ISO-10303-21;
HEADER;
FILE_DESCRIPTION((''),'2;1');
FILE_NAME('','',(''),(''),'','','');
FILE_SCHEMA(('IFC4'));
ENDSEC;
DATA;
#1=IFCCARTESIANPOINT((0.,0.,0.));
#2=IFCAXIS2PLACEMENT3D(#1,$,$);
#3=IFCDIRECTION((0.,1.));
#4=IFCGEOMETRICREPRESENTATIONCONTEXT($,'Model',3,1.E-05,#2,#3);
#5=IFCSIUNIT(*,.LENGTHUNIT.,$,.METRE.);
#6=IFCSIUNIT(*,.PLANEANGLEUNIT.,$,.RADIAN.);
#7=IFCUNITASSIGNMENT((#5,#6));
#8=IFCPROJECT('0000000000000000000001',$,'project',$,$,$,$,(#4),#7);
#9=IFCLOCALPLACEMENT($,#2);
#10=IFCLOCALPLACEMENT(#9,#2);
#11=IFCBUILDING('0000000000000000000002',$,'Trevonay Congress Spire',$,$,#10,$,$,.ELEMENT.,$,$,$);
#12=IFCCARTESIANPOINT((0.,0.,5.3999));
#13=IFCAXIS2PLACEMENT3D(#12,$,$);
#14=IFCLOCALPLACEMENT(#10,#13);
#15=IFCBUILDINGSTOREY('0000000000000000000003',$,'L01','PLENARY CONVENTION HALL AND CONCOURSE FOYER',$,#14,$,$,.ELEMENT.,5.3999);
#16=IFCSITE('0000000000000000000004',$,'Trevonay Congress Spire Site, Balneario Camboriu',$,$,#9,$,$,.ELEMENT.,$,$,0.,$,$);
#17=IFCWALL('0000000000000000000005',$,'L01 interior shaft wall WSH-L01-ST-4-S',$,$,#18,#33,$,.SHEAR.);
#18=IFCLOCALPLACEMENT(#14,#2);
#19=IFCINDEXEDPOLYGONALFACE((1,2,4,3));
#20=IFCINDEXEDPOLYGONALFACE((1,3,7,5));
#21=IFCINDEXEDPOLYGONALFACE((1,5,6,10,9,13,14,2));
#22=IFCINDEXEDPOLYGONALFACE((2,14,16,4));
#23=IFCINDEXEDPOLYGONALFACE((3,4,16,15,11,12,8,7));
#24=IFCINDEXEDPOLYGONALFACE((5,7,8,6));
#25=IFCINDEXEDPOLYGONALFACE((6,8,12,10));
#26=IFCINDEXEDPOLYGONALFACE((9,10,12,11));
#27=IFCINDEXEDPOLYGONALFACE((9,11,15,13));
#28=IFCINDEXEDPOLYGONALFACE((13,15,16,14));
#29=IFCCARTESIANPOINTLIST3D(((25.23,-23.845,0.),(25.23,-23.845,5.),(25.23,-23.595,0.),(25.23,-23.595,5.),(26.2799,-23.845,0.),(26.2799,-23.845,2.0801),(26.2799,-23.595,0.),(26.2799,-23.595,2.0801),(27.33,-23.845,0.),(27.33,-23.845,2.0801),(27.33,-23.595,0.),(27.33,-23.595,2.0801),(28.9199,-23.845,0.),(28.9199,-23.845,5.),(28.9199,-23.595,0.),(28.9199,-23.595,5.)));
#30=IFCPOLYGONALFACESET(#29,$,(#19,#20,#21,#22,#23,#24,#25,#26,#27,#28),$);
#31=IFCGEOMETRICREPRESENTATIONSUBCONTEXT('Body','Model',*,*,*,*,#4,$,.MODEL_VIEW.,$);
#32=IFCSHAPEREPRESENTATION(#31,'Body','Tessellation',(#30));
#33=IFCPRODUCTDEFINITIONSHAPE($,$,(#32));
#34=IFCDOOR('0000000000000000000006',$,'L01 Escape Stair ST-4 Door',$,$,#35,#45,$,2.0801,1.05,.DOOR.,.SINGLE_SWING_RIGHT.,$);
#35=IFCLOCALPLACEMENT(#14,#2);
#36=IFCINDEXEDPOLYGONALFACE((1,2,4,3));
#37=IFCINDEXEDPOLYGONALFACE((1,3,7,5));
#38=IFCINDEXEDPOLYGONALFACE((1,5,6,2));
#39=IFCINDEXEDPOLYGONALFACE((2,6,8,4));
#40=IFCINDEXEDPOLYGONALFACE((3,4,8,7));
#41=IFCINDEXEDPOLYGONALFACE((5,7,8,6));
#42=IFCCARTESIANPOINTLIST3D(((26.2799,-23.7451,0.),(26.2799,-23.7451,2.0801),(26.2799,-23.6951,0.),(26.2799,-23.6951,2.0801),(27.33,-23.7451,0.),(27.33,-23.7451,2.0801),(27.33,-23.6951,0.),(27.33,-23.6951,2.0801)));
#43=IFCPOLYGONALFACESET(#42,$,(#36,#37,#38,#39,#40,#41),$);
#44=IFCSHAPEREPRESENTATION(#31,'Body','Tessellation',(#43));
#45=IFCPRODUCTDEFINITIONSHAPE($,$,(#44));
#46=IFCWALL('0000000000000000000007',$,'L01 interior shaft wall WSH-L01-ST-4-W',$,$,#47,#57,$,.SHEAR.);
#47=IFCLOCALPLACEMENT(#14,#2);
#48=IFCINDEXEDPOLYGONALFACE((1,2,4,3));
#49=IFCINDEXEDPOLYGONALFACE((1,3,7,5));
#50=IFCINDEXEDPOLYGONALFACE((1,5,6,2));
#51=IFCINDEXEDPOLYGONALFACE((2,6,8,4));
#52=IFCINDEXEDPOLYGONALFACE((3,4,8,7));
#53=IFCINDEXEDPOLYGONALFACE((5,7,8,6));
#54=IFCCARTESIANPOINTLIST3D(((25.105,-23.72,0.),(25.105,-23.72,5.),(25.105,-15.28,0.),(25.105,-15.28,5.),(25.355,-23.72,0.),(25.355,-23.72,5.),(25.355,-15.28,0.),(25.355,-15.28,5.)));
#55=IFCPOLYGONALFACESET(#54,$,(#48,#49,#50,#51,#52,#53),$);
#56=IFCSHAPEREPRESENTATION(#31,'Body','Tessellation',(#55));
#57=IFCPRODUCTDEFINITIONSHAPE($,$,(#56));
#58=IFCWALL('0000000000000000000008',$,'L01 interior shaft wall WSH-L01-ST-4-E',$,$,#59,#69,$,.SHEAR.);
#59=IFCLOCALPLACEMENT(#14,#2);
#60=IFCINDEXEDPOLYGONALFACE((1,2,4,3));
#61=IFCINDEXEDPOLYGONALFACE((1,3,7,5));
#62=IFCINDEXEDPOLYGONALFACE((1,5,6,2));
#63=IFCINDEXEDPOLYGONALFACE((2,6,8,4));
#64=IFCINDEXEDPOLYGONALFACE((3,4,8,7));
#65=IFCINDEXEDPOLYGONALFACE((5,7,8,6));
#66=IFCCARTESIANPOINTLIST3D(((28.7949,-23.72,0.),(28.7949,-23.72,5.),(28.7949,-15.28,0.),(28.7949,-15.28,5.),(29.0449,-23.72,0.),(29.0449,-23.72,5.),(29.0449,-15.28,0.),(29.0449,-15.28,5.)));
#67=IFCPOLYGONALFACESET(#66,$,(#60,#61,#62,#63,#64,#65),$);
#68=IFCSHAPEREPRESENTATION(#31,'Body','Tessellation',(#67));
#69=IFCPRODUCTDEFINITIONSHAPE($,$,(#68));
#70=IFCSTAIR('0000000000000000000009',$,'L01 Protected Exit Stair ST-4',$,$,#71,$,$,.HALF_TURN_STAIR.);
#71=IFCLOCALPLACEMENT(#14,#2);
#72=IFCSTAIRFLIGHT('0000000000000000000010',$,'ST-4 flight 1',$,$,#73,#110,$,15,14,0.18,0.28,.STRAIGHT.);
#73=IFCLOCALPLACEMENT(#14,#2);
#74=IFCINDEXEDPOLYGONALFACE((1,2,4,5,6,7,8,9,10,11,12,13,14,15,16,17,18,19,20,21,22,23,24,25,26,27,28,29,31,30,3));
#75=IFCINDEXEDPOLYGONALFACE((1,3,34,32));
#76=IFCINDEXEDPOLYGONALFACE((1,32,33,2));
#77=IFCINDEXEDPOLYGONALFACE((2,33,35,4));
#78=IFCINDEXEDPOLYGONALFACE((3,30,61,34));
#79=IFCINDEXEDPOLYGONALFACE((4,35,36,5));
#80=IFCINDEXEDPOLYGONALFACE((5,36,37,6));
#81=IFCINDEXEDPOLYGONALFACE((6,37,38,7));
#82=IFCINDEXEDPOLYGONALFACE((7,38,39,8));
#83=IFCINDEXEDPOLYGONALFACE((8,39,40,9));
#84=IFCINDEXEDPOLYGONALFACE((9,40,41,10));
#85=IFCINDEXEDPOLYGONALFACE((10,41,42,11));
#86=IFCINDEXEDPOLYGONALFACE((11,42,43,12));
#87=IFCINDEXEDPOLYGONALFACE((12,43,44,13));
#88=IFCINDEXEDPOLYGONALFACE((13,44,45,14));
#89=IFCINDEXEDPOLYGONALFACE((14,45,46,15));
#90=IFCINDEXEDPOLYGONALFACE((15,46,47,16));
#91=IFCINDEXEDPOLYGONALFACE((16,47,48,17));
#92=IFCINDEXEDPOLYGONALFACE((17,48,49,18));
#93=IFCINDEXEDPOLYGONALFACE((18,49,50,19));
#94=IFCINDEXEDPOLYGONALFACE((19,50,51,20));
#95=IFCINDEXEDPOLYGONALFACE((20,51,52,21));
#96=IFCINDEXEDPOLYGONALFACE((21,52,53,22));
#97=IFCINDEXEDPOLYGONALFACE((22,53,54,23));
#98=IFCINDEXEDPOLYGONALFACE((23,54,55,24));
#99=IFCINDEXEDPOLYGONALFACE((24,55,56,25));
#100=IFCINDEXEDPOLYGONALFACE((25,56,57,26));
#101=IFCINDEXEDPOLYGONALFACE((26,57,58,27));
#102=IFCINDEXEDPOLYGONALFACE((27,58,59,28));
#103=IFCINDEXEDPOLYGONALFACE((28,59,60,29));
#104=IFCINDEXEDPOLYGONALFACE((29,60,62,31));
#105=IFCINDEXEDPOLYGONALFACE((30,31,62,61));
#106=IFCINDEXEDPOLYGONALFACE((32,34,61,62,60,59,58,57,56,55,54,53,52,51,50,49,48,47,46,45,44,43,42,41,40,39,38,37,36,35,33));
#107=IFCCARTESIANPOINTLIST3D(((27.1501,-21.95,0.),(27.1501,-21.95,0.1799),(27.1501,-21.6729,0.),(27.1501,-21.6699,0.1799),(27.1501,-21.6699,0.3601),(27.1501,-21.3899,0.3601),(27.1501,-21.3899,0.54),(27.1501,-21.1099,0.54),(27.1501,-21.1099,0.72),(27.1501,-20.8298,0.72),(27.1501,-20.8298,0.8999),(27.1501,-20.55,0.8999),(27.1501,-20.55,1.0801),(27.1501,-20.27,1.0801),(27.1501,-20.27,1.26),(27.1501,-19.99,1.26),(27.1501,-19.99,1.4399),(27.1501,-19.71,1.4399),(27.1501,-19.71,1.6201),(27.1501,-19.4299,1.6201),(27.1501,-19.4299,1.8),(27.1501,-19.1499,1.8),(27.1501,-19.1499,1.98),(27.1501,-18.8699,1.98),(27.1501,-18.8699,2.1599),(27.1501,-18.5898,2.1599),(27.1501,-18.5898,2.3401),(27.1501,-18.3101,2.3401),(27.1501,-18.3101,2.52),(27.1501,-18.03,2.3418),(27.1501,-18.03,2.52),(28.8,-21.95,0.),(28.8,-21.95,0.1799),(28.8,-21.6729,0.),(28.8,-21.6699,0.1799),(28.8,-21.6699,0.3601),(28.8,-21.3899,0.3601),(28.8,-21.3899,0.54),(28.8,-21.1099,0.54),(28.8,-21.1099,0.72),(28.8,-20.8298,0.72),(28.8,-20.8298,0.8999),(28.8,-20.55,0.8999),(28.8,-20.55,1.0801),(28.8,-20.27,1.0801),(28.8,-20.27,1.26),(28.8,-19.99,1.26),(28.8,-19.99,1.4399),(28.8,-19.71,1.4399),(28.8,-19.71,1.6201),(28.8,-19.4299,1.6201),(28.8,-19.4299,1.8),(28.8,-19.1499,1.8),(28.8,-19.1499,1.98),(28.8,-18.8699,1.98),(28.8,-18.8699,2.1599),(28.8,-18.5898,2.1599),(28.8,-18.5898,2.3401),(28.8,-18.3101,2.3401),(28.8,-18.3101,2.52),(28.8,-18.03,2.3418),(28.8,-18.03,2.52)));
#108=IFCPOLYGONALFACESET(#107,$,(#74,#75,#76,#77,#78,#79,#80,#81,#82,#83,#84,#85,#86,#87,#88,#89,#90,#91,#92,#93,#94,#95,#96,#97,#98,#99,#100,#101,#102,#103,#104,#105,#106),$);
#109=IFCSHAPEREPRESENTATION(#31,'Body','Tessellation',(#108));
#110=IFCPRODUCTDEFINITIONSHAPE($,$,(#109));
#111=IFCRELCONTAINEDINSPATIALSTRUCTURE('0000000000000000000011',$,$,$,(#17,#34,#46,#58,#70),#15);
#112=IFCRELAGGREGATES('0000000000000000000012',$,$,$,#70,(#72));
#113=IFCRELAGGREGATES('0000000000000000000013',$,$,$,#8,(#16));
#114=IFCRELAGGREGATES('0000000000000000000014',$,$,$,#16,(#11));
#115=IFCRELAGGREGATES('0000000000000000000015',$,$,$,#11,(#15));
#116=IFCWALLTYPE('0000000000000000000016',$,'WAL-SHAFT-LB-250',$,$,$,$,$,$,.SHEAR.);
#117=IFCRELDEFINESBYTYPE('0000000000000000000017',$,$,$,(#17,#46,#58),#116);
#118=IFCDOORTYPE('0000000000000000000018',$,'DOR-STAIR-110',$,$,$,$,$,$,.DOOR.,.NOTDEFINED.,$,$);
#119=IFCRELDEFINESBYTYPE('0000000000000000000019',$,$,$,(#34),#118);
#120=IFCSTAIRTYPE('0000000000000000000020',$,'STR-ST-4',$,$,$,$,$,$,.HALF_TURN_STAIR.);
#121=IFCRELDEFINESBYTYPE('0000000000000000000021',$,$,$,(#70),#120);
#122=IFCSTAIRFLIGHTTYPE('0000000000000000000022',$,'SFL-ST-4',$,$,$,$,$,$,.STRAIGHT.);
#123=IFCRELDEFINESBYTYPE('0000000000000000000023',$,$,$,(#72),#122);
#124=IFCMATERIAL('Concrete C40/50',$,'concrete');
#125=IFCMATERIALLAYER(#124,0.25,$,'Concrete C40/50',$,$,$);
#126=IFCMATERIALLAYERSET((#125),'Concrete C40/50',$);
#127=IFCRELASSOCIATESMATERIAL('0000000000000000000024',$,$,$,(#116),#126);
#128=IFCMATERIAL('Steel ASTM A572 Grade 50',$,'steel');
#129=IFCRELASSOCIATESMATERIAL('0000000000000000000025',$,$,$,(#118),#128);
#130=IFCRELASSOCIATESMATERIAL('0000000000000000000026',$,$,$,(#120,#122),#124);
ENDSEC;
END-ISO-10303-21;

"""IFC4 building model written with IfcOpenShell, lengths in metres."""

from ifc_helpers import new_model, si_unit, direction, frame, frame_2d, origin, place, context, subcontext, project, spatial, polyline, rectangle, outline, extrude, material, layer, layer_set, type_object, element, fill, aggregate, save


model = new_model("IFC4")

# Units and contexts
model_context = context("Model", 3, precision=1e-05, world=origin(), true_north=direction((0.0, 1.0)))
body_context = subcontext(model_context, "Body", "Model", "MODEL_VIEW")
ifc_project = project(units=[si_unit("LENGTHUNIT", "METRE"), si_unit("PLANEANGLEUNIT", "RADIAN")], contexts=[model_context])

# Site, building, storey
site_placement = place(None, origin())
site = spatial("IfcSite", under=ifc_project, at=site_placement, Name="Trevonay Congress Spire Site, Balneario Camboriu", CompositionType="ELEMENT", RefElevation=0.0)
building_placement = place(site_placement, origin())
building = spatial("IfcBuilding", under=site, at=building_placement, Name="Trevonay Congress Spire", CompositionType="ELEMENT")
storey_placement = place(building_placement, frame((0.0, 0.0, 5.3999)))
storey = spatial("IfcBuildingStorey", under=building, at=storey_placement, Name="L01", Description="PLENARY CONVENTION HALL AND CONCOURSE FOYER", CompositionType="ELEMENT", Elevation=5.3999)

# Wall, opening, door
ifc_material_1 = material(Name="Concrete C40/50", Category="concrete")
ifc_layer_1 = layer(ifc_material_1, 0.25, Name="Concrete C40/50")
ifc_layer_set_1 = layer_set([ifc_layer_1], Name="Concrete C40/50")
wall_type_1 = type_object("IfcWallType", Name="WAL-SHAFT-LB-250", PredefinedType="SHEAR", material=ifc_layer_set_1)
wall_1_placement = place(storey_placement, frame((25.23, -23.72, 0.0), z_axis=(0.0, 0.0, 1.0), x_axis=(1.0, 0.0, 0.0)))
wall_1 = element("IfcWall", 1, at=wall_1_placement, inside=storey, type_object=wall_type_1, Name="L01 interior shaft wall WSH-L01-ST-4-S", PredefinedType="SHEAR", context=body_context, shape_type="SweptSolid", body=[
    extrude(rectangle(XDim=3.6899, YDim=0.25, at=frame_2d((1.845, 0.0))), origin(), (0.0, 0.0, 1.0), 5.0),
])
opening_1_placement = place(wall_1_placement, frame((1.05, 0.0, 0.0)))
opening_1 = element("IfcOpeningElement", 2, at=opening_1_placement, cuts=wall_1, PredefinedType="OPENING", context=body_context, shape_type="SweptSolid", body=[
    extrude(rectangle(XDim=1.05, YDim=2.0801, at=frame_2d((0.5249, 1.04))), frame((0.0, 0.135, 0.0), z_axis=(0.0, -1.0, 0.0), x_axis=(1.0, 0.0, 0.0)), (0.0, 0.0, 1.0), 0.27),
])
ifc_material_2 = material(Name="Steel ASTM A572 Grade 50", Category="steel")
door_type_1 = type_object("IfcDoorType", Name="DOR-STAIR-110", OperationType="NOTDEFINED", PredefinedType="DOOR", material=ifc_material_2)
door_1_placement = place(opening_1_placement, origin())
door_1 = element("IfcDoor", 3, at=door_1_placement, inside=storey, type_object=door_type_1, Name="L01 Escape Stair ST-4 Door", OperationType="SINGLE_SWING_RIGHT", OverallHeight=2.0801, OverallWidth=1.05, PredefinedType="DOOR", context=body_context, shape_type="SweptSolid", body=[
    extrude(rectangle(XDim=1.05, YDim=2.0801, at=frame_2d((0.5249, 1.04))), frame((0.0, 0.0249, 0.0), z_axis=(0.0, -1.0, 0.0), x_axis=(1.0, 0.0, 0.0)), (0.0, 0.0, 1.0), 0.05),
])
fill(opening_1, door_1)

# Walls
for number, where, z_axis, x_axis, name in (
    (4, (25.23, -23.72, 0.0), (0.0, 0.0, 1.0), (0.0, 1.0, 0.0), "L01 interior shaft wall WSH-L01-ST-4-W"),
    (5, (28.9199, -23.72, 0.0), (0.0, 0.0, 1.0), (0.0, 1.0, 0.0), "L01 interior shaft wall WSH-L01-ST-4-E"),
):
    element("IfcWall", number, at=place(storey_placement, frame(where, z_axis=z_axis, x_axis=x_axis)), inside=storey, type_object=wall_type_1, Name=name, PredefinedType="SHEAR", context=body_context, shape_type="SweptSolid", body=[
        extrude(rectangle(XDim=8.4399, YDim=0.25, at=frame_2d((4.22, 0.0))), origin(), (0.0, 0.0, 1.0), 5.0),
    ])

# Stair, stair flight
stair_type = type_object("IfcStairType", Name="STR-ST-4", PredefinedType="HALF_TURN_STAIR", material=ifc_material_1)
stair_placement = place(storey_placement, origin())
stair = element("IfcStair", 6, at=stair_placement, inside=storey, type_object=stair_type, Name="L01 Protected Exit Stair ST-4", PredefinedType="HALF_TURN_STAIR")
stair_flight_type = type_object("IfcStairFlightType", Name="SFL-ST-4", PredefinedType="STRAIGHT", material=ifc_material_1)
stair_flight_placement = place(storey_placement, frame((27.9751, -21.95, 0.0), z_axis=(0.0, 0.0, 1.0), x_axis=(0.0, 1.0, 0.0)))
stair_flight = element("IfcStairFlight", 7, at=stair_flight_placement, type_object=stair_flight_type, Name="ST-4 flight 1", NumberOfRisers=15, NumberOfTreads=14, PredefinedType="STRAIGHT", RiserHeight=0.18, TreadLength=0.28, context=body_context, shape_type="SweptSolid", body=[
    extrude(outline(polyline([(0.0, 0.0), (0.0, 0.1799), (0.28, 0.1799), (0.28, 0.3601), (0.5601, 0.3601), (0.5601, 0.54), (0.8401, 0.54), (0.8401, 0.72), (1.1201, 0.72), (1.1201, 0.8999), (1.3999, 0.8999), (1.3999, 1.0801), (1.6799, 1.0801), (1.6799, 1.26), (1.96, 1.26), (1.96, 1.4399), (2.24, 1.4399), (2.24, 1.6201), (2.52, 1.6201), (2.52, 1.8), (2.8, 1.8), (2.8, 1.98), (3.0801, 1.98), (3.0801, 2.1599), (3.3601, 2.1599), (3.3601, 2.3401), (3.6399, 2.3401), (3.6399, 2.52), (3.9199, 2.52), (3.9199, 2.7), (3.9199, 2.3418), (0.2771, 0.0), (0.0, 0.0)])), frame((0.0, 0.825, 0.0), z_axis=(0.0, -1.0, 0.0), x_axis=(1.0, 0.0, 0.0)), (0.0, 0.0, 1.0), 1.6499),
])
aggregate(stair, [stair_flight])

save(model, "model.ifc")
